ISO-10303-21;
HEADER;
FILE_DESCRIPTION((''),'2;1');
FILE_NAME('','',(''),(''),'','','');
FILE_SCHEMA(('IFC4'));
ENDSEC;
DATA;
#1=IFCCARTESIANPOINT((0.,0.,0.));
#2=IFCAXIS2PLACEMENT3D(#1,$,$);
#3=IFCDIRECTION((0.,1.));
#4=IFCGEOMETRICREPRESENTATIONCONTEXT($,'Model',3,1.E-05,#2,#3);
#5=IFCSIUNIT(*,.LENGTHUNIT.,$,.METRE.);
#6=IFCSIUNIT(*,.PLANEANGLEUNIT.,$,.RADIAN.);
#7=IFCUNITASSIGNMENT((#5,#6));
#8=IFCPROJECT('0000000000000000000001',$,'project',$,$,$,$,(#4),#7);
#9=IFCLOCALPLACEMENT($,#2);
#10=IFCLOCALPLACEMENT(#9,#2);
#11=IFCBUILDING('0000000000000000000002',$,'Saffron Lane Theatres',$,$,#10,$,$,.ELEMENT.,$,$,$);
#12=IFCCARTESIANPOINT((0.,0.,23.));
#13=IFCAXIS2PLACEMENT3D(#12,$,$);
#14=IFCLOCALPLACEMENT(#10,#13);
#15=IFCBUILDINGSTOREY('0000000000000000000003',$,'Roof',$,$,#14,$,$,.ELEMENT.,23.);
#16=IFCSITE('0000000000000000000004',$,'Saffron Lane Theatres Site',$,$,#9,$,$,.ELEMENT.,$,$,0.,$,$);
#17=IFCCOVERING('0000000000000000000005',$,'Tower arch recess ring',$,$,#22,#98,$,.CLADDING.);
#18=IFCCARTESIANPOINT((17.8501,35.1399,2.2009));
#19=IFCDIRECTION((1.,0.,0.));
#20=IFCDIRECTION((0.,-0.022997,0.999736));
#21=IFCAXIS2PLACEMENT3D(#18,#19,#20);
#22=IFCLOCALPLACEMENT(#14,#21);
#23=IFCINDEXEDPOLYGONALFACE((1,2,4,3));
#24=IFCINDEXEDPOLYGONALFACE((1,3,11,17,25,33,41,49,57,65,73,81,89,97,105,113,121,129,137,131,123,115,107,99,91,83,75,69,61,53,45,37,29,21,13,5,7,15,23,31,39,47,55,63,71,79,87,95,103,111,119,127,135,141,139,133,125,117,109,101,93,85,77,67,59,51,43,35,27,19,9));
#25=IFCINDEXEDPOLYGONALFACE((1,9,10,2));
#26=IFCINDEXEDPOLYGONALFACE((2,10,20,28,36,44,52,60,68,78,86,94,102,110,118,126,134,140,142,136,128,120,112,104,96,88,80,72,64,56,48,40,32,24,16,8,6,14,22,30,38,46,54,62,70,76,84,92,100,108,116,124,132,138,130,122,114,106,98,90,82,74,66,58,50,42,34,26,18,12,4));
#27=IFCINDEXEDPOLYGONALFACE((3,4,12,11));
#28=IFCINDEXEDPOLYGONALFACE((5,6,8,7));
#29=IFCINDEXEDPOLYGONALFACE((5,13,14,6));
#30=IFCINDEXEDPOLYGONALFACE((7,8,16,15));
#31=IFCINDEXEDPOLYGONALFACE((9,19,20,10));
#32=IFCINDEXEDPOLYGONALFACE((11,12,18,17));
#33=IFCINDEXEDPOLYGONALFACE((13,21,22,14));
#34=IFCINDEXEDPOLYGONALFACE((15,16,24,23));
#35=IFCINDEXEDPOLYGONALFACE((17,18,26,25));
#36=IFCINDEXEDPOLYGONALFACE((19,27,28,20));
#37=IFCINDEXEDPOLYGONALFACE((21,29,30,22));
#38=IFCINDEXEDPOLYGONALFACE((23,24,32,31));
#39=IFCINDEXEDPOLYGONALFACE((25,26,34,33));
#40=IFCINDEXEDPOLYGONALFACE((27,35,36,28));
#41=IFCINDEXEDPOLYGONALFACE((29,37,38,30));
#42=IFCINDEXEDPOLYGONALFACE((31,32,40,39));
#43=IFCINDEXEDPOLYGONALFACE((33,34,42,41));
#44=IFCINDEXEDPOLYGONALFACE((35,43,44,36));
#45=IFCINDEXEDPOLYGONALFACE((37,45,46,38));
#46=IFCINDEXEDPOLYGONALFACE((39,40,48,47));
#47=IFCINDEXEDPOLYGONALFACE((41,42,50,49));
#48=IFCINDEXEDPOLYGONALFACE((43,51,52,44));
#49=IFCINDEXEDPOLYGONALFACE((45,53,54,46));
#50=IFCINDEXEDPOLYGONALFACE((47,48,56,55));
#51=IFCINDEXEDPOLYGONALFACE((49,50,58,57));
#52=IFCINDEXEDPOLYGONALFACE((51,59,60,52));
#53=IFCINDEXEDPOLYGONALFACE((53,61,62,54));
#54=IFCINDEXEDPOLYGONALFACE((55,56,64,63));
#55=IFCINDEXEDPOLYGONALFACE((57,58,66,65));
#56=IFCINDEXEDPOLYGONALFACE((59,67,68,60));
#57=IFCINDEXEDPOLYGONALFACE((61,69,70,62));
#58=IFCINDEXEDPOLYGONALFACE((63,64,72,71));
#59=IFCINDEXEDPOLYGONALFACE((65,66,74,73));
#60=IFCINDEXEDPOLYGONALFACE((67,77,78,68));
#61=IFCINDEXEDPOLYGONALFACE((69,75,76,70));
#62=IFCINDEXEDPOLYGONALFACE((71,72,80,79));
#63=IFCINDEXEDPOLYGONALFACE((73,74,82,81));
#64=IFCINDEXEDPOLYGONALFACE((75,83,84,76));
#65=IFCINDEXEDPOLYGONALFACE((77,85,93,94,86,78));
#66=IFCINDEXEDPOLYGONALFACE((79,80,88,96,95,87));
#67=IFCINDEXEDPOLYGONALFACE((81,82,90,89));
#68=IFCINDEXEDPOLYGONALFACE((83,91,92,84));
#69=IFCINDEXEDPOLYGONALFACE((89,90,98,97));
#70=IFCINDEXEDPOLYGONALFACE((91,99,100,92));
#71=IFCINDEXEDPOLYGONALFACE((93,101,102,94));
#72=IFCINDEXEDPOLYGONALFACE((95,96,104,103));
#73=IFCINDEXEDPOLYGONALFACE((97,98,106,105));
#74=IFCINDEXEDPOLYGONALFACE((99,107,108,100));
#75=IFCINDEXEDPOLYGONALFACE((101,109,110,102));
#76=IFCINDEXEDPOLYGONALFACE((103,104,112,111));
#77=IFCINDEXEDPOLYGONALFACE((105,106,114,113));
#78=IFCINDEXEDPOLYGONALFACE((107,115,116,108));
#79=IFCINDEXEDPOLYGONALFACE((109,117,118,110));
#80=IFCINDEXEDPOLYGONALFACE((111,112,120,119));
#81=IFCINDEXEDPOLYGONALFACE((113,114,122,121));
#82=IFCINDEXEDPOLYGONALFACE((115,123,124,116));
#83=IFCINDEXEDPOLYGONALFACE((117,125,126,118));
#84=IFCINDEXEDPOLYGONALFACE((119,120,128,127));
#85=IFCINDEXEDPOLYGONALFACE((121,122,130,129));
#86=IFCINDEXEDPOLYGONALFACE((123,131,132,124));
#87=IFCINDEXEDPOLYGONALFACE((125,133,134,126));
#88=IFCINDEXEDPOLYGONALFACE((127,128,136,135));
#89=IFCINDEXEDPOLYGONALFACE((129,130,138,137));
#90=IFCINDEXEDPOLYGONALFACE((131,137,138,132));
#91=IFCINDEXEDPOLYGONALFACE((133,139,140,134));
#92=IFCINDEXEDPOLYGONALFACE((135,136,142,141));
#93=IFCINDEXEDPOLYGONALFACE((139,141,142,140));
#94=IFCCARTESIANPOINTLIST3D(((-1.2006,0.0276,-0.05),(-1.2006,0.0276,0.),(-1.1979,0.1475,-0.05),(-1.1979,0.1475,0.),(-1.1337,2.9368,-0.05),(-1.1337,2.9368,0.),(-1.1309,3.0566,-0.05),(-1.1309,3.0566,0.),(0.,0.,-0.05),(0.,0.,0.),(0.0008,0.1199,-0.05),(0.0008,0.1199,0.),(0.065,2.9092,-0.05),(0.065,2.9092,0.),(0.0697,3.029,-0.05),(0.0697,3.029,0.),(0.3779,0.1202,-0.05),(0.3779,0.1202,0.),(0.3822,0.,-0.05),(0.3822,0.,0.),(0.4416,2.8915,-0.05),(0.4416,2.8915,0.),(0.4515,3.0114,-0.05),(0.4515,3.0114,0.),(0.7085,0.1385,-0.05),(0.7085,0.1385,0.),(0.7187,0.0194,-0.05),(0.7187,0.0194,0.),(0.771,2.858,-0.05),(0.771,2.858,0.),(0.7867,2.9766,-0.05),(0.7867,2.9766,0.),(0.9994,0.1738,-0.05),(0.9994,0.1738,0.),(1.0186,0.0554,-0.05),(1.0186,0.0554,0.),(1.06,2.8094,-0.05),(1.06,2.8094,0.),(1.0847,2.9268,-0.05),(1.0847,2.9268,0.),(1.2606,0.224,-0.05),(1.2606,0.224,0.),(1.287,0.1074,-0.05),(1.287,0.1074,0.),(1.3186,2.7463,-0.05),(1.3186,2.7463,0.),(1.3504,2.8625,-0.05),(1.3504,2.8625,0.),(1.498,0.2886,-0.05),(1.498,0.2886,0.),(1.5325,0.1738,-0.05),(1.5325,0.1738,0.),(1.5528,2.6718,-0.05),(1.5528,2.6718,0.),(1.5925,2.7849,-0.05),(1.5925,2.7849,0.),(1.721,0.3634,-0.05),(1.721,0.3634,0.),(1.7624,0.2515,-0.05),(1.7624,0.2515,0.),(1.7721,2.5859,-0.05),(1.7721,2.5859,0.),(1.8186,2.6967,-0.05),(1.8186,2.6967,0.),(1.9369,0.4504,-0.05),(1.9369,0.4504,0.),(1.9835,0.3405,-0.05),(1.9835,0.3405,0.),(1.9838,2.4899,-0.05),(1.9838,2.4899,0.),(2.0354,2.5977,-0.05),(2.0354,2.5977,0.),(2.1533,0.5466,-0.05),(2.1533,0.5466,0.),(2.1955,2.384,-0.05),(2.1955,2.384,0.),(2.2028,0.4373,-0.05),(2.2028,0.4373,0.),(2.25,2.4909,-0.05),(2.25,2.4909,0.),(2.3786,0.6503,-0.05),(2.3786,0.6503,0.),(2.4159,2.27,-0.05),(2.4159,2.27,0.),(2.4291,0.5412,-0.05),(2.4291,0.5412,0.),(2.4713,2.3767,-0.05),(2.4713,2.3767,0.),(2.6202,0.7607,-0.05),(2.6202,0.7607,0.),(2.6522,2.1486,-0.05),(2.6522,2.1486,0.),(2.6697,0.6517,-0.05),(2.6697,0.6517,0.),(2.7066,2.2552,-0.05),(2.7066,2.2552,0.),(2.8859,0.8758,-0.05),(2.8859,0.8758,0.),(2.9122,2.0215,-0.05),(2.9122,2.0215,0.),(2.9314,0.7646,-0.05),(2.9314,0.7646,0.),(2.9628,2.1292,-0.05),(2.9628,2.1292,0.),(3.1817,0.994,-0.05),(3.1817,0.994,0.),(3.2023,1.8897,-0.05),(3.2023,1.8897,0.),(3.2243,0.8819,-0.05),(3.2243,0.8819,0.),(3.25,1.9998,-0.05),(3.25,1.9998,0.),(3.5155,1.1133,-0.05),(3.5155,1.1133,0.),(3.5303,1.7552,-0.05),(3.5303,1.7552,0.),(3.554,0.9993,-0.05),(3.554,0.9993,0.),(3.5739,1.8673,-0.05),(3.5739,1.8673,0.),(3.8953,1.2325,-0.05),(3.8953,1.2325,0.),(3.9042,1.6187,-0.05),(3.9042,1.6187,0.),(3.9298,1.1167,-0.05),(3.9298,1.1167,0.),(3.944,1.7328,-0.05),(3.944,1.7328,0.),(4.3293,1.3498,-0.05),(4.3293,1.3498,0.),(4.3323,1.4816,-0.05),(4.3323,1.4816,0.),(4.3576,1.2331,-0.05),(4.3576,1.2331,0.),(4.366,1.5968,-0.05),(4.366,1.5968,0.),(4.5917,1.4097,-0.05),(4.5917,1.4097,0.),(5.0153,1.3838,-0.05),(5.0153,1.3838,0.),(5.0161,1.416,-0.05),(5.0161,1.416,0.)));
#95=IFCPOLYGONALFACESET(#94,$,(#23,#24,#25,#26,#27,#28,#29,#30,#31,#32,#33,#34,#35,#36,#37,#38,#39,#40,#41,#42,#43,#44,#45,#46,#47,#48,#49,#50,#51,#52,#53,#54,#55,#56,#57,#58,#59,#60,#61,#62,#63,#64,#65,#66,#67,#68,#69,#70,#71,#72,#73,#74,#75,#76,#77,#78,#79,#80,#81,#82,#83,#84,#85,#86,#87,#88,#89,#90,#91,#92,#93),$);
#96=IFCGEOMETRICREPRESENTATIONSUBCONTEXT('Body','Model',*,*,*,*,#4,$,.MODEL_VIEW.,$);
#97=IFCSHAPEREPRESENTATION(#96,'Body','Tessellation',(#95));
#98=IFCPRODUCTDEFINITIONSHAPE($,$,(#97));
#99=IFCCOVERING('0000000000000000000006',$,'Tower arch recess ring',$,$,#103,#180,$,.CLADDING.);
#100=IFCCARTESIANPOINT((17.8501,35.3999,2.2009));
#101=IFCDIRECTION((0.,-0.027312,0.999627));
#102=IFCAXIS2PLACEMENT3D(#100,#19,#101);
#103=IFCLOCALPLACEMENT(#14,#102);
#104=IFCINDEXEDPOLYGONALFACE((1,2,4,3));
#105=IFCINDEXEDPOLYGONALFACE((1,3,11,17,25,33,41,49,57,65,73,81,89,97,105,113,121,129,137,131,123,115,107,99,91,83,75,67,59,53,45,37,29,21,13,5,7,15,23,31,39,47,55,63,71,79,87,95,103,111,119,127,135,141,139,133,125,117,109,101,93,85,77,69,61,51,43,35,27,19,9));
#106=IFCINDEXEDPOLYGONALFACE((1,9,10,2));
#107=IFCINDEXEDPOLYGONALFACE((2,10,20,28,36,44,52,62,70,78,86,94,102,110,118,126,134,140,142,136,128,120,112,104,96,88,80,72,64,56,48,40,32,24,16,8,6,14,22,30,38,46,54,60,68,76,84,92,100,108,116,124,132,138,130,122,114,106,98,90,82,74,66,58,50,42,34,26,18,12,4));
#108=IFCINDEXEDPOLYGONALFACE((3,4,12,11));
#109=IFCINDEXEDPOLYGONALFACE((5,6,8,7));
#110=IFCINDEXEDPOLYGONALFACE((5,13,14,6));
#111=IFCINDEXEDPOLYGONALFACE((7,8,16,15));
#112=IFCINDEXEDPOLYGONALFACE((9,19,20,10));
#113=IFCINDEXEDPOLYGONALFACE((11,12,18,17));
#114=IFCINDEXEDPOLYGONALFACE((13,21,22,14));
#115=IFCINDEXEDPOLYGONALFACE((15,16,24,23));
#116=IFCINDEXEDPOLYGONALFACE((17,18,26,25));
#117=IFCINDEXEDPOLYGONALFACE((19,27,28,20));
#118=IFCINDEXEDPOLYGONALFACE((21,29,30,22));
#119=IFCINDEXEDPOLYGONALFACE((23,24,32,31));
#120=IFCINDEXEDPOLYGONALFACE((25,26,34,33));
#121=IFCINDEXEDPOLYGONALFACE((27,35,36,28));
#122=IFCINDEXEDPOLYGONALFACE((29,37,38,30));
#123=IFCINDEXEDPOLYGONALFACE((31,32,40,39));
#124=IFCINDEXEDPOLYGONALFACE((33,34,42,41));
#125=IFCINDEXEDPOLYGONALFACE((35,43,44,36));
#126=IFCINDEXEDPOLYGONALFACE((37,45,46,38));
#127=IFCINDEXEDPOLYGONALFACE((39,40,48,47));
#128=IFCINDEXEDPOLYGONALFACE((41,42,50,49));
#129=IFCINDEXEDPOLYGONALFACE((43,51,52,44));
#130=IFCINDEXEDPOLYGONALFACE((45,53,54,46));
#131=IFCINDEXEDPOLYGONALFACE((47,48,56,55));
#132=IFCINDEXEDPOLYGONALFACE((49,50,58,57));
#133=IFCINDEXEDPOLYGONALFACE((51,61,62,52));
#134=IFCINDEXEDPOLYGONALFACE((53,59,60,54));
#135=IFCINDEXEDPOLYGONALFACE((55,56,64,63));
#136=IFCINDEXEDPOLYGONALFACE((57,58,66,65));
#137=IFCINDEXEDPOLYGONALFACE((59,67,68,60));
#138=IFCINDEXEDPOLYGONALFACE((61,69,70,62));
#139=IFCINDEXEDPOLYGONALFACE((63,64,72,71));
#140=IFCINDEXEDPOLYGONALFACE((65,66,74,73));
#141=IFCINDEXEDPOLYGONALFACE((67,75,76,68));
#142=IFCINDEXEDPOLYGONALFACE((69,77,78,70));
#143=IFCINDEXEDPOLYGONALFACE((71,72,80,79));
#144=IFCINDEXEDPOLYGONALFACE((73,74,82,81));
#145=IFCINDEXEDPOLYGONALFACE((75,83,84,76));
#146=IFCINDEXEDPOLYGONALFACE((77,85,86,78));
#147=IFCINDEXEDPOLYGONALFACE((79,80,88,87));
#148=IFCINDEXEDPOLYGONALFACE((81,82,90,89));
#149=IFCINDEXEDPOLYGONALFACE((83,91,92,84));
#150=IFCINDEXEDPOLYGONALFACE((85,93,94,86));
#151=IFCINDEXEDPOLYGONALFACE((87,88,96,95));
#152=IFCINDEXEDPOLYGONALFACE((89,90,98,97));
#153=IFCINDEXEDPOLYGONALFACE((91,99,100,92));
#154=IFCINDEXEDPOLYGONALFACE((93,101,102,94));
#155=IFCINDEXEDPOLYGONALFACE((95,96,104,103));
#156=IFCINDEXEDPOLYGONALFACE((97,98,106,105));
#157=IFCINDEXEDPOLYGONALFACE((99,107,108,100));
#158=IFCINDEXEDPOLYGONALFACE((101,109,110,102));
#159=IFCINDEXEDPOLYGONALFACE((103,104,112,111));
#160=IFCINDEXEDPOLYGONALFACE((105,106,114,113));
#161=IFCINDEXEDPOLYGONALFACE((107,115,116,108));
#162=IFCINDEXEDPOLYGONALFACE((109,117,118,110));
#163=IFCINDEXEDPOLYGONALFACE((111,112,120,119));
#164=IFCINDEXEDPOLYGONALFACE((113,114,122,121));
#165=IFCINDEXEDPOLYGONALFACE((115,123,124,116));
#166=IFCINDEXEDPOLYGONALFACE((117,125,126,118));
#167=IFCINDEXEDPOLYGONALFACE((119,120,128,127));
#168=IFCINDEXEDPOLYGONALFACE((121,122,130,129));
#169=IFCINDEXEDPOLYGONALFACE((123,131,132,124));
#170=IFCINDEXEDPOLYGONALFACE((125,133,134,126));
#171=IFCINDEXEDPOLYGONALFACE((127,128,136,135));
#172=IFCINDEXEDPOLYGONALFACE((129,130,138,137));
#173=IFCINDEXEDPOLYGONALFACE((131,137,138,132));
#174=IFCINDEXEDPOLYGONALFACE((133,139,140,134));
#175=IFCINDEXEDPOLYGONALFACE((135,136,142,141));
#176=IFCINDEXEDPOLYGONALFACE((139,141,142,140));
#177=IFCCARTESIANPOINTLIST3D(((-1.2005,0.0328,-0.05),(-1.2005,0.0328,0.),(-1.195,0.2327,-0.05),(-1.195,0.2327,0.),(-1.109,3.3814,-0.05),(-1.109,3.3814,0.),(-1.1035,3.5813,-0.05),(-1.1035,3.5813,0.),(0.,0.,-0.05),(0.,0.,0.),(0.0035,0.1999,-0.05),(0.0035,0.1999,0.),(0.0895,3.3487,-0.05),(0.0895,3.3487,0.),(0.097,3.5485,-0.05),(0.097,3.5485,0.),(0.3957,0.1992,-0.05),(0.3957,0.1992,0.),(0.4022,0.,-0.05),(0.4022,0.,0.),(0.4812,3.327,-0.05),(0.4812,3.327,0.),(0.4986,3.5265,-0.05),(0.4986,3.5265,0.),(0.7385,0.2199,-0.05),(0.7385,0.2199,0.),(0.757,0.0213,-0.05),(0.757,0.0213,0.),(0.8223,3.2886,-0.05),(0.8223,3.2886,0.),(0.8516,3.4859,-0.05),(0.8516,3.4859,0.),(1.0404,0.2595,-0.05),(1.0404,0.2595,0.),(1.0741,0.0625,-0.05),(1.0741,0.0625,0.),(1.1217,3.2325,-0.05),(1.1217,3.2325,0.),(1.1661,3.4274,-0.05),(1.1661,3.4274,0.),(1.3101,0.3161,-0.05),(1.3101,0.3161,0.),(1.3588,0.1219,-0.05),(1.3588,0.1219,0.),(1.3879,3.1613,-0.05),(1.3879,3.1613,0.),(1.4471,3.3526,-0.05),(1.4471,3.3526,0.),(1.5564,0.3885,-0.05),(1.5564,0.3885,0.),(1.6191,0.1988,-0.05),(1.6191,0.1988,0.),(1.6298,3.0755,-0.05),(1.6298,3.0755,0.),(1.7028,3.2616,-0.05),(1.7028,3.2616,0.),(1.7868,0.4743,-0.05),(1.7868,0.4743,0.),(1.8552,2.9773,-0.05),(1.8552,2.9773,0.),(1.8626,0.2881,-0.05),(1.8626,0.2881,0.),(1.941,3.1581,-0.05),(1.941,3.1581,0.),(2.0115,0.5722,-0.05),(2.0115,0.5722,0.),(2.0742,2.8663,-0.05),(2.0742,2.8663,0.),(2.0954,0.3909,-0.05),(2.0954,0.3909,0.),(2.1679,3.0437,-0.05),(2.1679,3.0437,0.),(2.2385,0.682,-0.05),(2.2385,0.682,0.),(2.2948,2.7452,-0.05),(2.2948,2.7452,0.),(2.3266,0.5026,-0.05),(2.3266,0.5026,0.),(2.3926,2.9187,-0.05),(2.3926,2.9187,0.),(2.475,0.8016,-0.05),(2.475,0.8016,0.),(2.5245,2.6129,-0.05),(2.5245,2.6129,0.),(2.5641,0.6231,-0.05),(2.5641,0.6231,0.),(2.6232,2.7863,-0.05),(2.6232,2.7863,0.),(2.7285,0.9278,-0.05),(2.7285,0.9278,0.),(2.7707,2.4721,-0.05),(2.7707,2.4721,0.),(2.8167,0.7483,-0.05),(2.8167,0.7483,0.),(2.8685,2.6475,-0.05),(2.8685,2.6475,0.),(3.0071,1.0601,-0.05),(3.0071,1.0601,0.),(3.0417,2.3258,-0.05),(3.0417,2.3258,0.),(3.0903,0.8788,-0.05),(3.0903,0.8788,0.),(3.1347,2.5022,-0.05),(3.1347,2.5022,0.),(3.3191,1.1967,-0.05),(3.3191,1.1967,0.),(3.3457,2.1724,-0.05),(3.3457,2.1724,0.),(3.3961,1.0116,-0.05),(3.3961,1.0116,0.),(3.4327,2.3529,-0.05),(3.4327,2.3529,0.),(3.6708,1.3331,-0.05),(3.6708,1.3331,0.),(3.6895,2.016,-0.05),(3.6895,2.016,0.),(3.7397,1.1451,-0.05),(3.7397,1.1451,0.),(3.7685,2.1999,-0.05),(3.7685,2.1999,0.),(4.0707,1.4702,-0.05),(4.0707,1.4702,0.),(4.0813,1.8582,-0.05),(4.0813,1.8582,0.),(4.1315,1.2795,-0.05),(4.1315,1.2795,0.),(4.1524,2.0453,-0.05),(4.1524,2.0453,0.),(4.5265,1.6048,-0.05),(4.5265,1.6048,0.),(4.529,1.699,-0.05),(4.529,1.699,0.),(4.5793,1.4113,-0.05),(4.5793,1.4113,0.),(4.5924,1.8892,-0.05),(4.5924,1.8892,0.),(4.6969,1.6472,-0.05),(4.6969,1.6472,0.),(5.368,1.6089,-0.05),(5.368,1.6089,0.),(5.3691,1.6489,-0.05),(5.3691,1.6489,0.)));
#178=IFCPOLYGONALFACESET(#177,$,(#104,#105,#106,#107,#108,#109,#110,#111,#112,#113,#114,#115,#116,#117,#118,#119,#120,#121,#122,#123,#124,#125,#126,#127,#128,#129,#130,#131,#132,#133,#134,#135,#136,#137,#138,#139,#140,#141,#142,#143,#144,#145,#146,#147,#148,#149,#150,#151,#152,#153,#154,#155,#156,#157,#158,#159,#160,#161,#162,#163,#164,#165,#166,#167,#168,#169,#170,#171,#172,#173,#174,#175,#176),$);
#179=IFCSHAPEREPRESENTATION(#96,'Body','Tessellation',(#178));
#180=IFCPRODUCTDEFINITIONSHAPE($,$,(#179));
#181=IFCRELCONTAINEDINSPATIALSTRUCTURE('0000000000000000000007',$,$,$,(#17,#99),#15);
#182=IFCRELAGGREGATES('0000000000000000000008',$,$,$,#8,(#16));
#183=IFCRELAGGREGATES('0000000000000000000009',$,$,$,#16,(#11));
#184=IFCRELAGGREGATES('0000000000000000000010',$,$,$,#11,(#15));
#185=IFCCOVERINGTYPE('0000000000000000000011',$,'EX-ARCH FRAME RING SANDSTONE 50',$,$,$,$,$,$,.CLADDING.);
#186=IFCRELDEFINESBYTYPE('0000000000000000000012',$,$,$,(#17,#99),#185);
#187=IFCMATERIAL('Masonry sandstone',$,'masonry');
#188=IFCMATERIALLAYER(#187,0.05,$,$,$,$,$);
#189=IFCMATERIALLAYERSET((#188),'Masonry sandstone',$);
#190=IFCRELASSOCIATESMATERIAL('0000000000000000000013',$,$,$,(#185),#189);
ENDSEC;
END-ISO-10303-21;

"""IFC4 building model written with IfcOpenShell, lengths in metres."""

from ifc_helpers import new_model, si_unit, direction, frame, origin, place, context, subcontext, project, spatial, polyline, outline, extrude, material, layer, layer_set, type_object, element, save


model = new_model("IFC4")

# Units and contexts
model_context = context("Model", 3, precision=1e-05, world=origin(), true_north=direction((0.0, 1.0)))
body_context = subcontext(model_context, "Body", "Model", "MODEL_VIEW")
ifc_project = project(units=[si_unit("LENGTHUNIT", "METRE"), si_unit("PLANEANGLEUNIT", "RADIAN")], contexts=[model_context])

# Site, building, storey
site_placement = place(None, origin())
site = spatial("IfcSite", under=ifc_project, at=site_placement, Name="Saffron Lane Theatres Site", CompositionType="ELEMENT", RefElevation=0.0)
building_placement = place(site_placement, origin())
building = spatial("IfcBuilding", under=site, at=building_placement, Name="Saffron Lane Theatres", CompositionType="ELEMENT")
storey_placement = place(building_placement, frame((0.0, 0.0, 23.0)))
storey = spatial("IfcBuildingStorey", under=building, at=storey_placement, Name="Roof", CompositionType="ELEMENT", Elevation=23.0)

# Coverings
ifc_material_1 = material(Name="Masonry sandstone", Category="masonry")
ifc_layer_1 = layer(ifc_material_1, 0.05)
ifc_layer_set_1 = layer_set([ifc_layer_1], Name="Masonry sandstone")
covering_type_1 = type_object("IfcCoveringType", Name="EX-ARCH FRAME RING SANDSTONE 50", PredefinedType="CLADDING", material=ifc_layer_set_1)
covering_1_placement = place(storey_placement, frame((17.8501, 35.1399, 2.2009), z_axis=(1.0, 0.0, 0.0), x_axis=(0.0, -0.022997, 0.999736)))
element("IfcCovering", 1, at=covering_1_placement, inside=storey, type_object=covering_type_1, Name="Tower arch recess ring", PredefinedType="CLADDING", context=body_context, shape_type="SweptSolid", body=[
    extrude(outline(polyline([(0.0, 0.0), (0.3822, 0.0), (0.7187, 0.0194), (1.0186, 0.0554), (1.287, 0.1074), (1.5325, 0.1738), (1.7624, 0.2515), (1.9835, 0.3405), (2.2028, 0.4373), (2.4291, 0.5412), (2.6697, 0.6517), (2.9314, 0.7646), (3.2243, 0.8819), (3.554, 0.9993), (3.9298, 1.1167), (4.3576, 1.2331), (5.0153, 1.3838), (5.0161, 1.416), (4.366, 1.5968), (3.944, 1.7328), (3.5739, 1.8673), (3.25, 1.9998), (2.9628, 2.1292), (2.7066, 2.2552), (2.4713, 2.3767), (2.25, 2.4909), (2.0354, 2.5977), (1.8186, 2.6967), (1.5925, 2.7849), (1.3504, 2.8625), (1.0847, 2.9268), (0.7867, 2.9766), (0.4515, 3.0114), (0.0697, 3.029), (-1.1309, 3.0566), (-1.1337, 2.9368), (0.065, 2.9092), (0.4416, 2.8915), (0.771, 2.858), (1.06, 2.8094), (1.3186, 2.7463), (1.5528, 2.6718), (1.7721, 2.5859), (1.9838, 2.4899), (2.1955, 2.384), (2.4159, 2.27), (2.6522, 2.1486), (2.9122, 2.0215), (3.2023, 1.8897), (3.5303, 1.7552), (3.9042, 1.6187), (4.3323, 1.4816), (4.5917, 1.4097), (4.3293, 1.3498), (3.8953, 1.2325), (3.5155, 1.1133), (3.1817, 0.994), (2.8859, 0.8758), (2.6202, 0.7607), (2.3786, 0.6503), (2.1533, 0.5466), (1.9369, 0.4504), (1.721, 0.3634), (1.498, 0.2886), (1.2606, 0.224), (0.9994, 0.1738), (0.7085, 0.1385), (0.3779, 0.1202), (0.0008, 0.1199), (-1.1979, 0.1475), (-1.2006, 0.0276), (0.0, 0.0)])), origin(), (0.0, 0.0, -1.0), 0.05),
])
covering_2_placement = place(storey_placement, frame((17.8501, 35.3999, 2.2009), z_axis=(1.0, 0.0, 0.0), x_axis=(0.0, -0.027312, 0.999627)))
element("IfcCovering", 2, at=covering_2_placement, inside=storey, type_object=covering_type_1, Name="Tower arch recess ring", PredefinedType="CLADDING", context=body_context, shape_type="SweptSolid", body=[
    extrude(outline(polyline([(0.0, 0.0), (0.4022, 0.0), (0.757, 0.0213), (1.0741, 0.0625), (1.3588, 0.1219), (1.6191, 0.1988), (1.8626, 0.2881), (2.0954, 0.3909), (2.3266, 0.5026), (2.5641, 0.6231), (2.8167, 0.7483), (3.0903, 0.8788), (3.3961, 1.0116), (3.7397, 1.1451), (4.1315, 1.2795), (4.5793, 1.4113), (5.368, 1.6089), (5.3691, 1.6489), (4.5924, 1.8892), (4.1524, 2.0453), (3.7685, 2.1999), (3.4327, 2.3529), (3.1347, 2.5022), (2.8685, 2.6475), (2.6232, 2.7863), (2.3926, 2.9187), (2.1679, 3.0437), (1.941, 3.1581), (1.7028, 3.2616), (1.4471, 3.3526), (1.1661, 3.4274), (0.8516, 3.4859), (0.4986, 3.5265), (0.097, 3.5485), (-1.1035, 3.5813), (-1.109, 3.3814), (0.0895, 3.3487), (0.4812, 3.327), (0.8223, 3.2886), (1.1217, 3.2325), (1.3879, 3.1613), (1.6298, 3.0755), (1.8552, 2.9773), (2.0742, 2.8663), (2.2948, 2.7452), (2.5245, 2.6129), (2.7707, 2.4721), (3.0417, 2.3258), (3.3457, 2.1724), (3.6895, 2.016), (4.0813, 1.8582), (4.529, 1.699), (4.6969, 1.6472), (4.5265, 1.6048), (4.0707, 1.4702), (3.6708, 1.3331), (3.3191, 1.1967), (3.0071, 1.0601), (2.7285, 0.9278), (2.475, 0.8016), (2.2385, 0.682), (2.0115, 0.5722), (1.7868, 0.4743), (1.5564, 0.3885), (1.3101, 0.3161), (1.0404, 0.2595), (0.7385, 0.2199), (0.3957, 0.1992), (0.0035, 0.1999), (-1.195, 0.2327), (-1.2005, 0.0328), (0.0, 0.0)])), origin(), (0.0, 0.0, -1.0), 0.05),
])

save(model, "model.ifc")
